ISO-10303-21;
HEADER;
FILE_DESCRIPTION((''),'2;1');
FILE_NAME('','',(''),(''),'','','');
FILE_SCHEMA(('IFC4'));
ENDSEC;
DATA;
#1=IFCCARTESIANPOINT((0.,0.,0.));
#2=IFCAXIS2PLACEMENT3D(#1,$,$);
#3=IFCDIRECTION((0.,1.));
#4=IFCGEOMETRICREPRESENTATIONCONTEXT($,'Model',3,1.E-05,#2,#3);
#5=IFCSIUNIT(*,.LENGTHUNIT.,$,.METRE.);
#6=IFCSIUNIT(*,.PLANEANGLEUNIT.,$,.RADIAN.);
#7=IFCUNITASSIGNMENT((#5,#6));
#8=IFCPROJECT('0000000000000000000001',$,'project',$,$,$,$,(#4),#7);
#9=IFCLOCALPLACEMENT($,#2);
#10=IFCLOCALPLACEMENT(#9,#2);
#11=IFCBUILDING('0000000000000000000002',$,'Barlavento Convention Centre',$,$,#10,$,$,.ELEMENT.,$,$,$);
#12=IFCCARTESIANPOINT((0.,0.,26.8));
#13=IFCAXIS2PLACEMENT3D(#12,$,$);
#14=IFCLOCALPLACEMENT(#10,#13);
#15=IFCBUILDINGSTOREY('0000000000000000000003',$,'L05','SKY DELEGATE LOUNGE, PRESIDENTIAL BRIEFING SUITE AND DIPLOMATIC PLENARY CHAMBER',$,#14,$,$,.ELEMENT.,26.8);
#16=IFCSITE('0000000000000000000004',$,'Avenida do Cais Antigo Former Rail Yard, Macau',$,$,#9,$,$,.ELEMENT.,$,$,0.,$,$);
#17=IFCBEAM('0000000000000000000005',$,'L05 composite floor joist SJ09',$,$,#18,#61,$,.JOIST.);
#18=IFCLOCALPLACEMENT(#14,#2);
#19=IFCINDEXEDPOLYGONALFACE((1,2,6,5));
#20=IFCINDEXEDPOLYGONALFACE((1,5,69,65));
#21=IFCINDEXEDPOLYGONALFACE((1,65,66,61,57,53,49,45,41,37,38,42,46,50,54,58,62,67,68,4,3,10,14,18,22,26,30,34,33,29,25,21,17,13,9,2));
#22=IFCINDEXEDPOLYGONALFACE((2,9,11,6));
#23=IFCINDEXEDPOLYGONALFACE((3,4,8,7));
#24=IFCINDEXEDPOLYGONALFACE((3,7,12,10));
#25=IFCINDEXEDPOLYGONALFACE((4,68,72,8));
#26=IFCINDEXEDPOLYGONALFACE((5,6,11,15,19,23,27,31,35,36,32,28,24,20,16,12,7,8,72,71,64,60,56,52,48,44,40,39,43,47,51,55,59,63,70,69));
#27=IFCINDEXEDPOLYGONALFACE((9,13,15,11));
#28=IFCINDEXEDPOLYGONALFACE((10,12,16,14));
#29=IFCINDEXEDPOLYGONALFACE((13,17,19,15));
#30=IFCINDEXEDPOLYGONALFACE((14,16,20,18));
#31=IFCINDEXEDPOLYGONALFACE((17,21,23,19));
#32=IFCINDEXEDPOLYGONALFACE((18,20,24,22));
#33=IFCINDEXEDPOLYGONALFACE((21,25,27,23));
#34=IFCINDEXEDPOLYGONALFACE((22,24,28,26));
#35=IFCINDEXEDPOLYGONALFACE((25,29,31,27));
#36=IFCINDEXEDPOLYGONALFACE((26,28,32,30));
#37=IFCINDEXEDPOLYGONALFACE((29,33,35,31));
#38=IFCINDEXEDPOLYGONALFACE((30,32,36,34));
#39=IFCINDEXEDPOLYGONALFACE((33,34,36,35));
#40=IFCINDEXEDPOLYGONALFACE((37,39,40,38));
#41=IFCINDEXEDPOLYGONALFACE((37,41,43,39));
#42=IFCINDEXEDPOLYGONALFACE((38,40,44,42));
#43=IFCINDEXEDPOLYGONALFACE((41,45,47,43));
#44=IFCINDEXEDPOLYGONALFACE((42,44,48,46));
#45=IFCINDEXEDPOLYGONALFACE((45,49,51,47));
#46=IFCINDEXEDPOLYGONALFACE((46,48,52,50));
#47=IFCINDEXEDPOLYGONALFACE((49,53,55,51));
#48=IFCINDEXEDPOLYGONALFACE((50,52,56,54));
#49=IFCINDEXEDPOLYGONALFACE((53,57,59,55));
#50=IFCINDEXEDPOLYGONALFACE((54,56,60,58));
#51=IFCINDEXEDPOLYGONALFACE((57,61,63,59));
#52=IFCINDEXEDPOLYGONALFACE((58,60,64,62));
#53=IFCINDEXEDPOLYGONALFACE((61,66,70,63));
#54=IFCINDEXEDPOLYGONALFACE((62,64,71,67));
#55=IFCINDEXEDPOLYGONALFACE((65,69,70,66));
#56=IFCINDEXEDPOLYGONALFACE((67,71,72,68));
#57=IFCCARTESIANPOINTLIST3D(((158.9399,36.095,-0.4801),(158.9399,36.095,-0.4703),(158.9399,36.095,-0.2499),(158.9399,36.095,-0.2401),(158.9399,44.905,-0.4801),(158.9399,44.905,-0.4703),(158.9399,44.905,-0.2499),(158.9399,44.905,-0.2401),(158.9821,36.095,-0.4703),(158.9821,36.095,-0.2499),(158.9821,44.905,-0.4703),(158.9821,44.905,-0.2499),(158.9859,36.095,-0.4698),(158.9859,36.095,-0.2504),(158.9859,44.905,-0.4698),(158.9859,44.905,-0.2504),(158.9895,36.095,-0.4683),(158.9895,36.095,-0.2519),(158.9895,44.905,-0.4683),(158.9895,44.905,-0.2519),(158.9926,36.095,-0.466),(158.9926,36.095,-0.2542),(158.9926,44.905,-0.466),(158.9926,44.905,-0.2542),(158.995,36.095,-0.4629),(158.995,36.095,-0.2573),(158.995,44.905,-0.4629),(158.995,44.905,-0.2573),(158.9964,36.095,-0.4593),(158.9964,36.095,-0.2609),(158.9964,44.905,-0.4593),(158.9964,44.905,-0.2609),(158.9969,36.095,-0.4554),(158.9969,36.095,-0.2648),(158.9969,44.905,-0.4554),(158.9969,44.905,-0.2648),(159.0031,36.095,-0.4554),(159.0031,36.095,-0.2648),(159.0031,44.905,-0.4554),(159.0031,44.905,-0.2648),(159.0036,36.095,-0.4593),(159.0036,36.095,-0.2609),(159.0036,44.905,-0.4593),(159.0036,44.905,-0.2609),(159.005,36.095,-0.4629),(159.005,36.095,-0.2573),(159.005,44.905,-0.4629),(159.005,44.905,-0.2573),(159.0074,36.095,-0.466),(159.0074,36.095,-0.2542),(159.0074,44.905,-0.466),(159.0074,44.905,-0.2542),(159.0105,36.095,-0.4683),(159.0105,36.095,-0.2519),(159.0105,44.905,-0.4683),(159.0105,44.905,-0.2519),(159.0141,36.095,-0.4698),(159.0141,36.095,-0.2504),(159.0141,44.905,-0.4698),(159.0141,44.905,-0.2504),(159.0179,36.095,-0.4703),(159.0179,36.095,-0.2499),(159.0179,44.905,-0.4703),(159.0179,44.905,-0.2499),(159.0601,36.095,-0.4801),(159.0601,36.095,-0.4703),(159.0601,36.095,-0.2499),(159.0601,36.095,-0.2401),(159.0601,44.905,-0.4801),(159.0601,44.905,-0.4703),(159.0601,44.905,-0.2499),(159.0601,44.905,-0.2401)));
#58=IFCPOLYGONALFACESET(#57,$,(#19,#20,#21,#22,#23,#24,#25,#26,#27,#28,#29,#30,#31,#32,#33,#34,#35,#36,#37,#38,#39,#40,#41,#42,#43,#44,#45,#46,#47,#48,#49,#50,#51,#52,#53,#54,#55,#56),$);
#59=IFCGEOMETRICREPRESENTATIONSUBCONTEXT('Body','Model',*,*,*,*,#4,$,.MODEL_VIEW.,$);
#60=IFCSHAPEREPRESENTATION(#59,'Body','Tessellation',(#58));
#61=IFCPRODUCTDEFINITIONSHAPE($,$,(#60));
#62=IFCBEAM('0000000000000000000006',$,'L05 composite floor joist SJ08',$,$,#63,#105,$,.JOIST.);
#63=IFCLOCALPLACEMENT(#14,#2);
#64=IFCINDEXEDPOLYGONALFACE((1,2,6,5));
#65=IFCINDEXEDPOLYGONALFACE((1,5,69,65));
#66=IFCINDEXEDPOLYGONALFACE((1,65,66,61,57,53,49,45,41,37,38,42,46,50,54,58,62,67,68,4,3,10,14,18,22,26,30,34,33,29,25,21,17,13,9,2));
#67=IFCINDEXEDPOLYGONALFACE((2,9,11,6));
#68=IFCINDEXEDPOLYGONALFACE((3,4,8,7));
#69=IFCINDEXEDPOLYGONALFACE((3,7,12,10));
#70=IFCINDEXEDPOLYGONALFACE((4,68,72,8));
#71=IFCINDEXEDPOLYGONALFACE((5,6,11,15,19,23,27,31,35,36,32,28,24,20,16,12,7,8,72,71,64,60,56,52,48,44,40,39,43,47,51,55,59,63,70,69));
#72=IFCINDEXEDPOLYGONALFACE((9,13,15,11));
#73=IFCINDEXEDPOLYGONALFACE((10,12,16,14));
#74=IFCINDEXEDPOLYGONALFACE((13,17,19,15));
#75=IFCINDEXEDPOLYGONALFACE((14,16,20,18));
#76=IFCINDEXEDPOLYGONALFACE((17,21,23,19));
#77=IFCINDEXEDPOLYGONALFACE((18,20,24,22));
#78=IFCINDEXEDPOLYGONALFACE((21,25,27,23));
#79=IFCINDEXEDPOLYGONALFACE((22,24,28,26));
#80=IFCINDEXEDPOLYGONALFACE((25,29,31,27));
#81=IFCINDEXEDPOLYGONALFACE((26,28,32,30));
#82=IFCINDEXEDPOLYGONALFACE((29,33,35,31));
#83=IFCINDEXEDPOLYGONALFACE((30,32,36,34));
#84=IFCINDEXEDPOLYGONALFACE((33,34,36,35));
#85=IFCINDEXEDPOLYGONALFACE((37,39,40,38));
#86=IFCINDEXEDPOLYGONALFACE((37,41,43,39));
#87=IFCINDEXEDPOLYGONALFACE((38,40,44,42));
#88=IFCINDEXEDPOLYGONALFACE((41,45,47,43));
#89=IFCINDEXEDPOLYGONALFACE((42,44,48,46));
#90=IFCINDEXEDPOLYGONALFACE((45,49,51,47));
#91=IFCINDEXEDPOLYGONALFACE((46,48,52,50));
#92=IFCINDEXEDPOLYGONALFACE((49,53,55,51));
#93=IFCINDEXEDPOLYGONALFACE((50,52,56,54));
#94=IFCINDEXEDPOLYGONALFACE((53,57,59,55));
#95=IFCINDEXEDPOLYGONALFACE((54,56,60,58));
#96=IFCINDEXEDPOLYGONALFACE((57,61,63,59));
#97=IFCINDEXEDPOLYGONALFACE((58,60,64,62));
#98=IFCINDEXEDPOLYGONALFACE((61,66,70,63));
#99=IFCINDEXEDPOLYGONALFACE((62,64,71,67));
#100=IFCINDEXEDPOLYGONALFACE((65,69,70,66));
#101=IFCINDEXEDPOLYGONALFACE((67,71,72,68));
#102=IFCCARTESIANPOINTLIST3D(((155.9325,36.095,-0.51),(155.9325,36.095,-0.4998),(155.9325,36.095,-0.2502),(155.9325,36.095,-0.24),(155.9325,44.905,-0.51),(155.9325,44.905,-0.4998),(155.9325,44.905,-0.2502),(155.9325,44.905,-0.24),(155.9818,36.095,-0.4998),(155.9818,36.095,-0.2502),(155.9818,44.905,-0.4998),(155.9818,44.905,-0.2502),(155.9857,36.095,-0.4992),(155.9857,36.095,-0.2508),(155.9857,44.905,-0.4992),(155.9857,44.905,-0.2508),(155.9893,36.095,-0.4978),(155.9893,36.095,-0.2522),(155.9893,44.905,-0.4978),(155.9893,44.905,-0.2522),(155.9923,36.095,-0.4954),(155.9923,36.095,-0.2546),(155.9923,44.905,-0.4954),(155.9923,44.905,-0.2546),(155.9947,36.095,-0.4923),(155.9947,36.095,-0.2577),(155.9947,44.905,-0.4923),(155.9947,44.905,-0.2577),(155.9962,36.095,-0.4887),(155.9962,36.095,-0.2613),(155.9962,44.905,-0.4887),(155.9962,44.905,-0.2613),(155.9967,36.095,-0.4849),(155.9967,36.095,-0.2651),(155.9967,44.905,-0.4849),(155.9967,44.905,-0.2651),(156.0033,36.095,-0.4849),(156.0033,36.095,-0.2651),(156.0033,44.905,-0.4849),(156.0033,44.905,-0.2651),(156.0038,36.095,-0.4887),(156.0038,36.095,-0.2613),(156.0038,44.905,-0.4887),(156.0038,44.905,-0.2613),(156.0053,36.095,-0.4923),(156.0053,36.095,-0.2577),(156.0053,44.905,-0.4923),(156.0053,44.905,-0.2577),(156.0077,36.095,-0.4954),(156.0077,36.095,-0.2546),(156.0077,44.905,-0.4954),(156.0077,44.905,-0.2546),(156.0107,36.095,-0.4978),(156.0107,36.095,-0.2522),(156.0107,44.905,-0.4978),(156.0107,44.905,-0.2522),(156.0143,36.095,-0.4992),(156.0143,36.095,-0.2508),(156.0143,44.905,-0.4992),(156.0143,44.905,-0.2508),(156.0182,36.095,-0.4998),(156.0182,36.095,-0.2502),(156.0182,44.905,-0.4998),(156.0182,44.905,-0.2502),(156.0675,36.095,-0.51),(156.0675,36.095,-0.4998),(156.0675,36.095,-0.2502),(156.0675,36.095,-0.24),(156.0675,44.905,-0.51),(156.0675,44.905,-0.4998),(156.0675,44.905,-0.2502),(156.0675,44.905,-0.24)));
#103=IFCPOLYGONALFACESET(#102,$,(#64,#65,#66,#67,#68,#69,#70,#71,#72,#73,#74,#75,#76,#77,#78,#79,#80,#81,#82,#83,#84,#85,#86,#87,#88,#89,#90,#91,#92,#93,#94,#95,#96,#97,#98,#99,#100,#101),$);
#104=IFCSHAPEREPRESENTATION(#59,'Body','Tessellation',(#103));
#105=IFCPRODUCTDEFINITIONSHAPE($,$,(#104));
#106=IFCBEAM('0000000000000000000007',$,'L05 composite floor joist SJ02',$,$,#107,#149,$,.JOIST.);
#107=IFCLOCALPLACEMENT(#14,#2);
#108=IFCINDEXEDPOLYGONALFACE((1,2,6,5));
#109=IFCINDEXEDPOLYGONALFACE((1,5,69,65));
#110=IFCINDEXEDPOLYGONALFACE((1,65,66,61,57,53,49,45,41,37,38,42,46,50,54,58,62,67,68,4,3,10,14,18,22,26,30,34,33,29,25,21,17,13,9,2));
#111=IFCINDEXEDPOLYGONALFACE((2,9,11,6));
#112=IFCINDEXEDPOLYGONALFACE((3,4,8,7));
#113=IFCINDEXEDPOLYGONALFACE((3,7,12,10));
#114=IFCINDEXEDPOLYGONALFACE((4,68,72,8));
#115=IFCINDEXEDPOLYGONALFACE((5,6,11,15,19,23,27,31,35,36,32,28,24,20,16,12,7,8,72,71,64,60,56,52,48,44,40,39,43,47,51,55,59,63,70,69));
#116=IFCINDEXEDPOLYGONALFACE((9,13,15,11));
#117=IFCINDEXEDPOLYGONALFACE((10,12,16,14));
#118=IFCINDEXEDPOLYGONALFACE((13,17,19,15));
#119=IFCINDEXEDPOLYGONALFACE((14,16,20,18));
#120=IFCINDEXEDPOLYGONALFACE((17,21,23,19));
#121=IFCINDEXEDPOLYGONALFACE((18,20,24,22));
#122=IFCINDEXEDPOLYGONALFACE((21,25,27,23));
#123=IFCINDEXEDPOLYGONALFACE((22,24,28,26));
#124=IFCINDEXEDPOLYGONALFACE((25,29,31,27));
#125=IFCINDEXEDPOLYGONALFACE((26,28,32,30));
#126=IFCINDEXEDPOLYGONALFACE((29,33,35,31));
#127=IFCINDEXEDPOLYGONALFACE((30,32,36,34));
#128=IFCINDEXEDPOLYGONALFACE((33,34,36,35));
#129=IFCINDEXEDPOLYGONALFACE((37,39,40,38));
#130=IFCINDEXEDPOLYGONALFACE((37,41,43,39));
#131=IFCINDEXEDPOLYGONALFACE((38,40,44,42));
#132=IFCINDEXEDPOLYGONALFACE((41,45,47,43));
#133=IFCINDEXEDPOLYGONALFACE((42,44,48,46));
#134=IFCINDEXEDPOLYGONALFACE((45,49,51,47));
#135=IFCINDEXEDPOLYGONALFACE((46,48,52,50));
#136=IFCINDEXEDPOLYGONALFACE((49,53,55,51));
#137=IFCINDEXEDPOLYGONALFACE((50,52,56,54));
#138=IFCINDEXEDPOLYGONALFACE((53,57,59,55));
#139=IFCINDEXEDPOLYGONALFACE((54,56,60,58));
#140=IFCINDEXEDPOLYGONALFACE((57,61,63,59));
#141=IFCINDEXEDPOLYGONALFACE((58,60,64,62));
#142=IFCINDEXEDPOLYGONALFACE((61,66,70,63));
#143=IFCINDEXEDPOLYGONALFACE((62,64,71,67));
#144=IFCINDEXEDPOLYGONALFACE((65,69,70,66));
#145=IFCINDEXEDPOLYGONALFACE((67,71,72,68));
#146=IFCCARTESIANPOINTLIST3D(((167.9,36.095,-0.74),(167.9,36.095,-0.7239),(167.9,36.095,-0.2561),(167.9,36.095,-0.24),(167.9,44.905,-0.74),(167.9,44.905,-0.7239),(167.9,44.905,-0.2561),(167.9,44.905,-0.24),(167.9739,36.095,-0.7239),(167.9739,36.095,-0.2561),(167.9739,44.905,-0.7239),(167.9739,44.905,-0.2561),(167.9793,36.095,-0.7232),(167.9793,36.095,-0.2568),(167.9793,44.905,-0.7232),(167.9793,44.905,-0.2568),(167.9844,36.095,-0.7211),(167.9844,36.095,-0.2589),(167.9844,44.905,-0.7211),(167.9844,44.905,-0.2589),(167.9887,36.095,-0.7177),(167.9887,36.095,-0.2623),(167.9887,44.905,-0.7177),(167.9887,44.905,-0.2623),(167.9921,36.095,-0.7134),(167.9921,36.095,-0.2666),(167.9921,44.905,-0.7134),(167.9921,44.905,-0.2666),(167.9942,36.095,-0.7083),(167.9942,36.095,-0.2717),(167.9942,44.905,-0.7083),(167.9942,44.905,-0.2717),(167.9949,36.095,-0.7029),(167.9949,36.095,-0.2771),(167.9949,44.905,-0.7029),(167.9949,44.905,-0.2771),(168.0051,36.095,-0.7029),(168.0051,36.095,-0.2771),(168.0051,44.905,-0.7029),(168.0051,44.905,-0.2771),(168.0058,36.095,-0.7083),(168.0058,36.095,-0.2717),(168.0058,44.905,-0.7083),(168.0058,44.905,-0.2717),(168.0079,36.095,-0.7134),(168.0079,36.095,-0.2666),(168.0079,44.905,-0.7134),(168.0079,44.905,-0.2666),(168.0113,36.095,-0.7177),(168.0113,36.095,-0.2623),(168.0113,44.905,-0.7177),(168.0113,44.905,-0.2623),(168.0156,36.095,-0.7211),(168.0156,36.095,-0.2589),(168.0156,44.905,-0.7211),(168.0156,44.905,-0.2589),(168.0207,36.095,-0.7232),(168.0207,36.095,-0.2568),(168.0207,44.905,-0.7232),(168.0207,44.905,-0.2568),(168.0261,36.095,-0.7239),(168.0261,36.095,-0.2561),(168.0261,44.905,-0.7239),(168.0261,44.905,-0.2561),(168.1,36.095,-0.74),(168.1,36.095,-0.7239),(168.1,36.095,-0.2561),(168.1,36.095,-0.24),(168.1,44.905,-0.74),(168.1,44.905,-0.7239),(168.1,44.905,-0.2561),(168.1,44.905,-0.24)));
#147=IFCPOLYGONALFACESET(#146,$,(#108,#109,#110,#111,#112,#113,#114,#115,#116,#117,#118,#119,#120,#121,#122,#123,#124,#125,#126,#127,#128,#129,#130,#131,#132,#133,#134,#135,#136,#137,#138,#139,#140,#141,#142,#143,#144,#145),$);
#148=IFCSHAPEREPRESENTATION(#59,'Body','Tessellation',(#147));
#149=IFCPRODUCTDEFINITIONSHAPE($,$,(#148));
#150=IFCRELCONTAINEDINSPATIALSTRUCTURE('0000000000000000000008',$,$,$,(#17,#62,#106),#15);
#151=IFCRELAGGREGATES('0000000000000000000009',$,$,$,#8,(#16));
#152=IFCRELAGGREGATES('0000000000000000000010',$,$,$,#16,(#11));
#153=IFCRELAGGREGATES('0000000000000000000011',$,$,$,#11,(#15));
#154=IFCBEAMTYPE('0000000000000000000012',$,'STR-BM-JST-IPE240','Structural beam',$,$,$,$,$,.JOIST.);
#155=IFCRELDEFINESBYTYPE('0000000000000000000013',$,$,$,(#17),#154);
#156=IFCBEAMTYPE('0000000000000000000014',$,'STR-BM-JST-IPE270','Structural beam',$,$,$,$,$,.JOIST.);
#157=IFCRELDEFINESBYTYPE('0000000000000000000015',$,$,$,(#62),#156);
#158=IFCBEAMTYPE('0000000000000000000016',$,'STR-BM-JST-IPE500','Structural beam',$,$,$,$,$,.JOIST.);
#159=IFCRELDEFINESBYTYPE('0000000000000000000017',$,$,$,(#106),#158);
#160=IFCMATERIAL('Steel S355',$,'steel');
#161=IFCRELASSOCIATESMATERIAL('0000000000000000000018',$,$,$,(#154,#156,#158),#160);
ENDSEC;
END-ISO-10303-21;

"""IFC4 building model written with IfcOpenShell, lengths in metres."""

from ifc_helpers import new_model, si_unit, direction, frame, origin, origin_2d, place, context, subcontext, project, spatial, i_section, extrude, material, material_profile, profile_set, type_object, element, save


model = new_model("IFC4")

# Units and contexts
model_context = context("Model", 3, precision=1e-05, world=origin(), true_north=direction((0.0, 1.0)))
body_context = subcontext(model_context, "Body", "Model", "MODEL_VIEW")
ifc_project = project(units=[si_unit("LENGTHUNIT", "METRE"), si_unit("PLANEANGLEUNIT", "RADIAN")], contexts=[model_context])

# Site, building, storey
site_placement = place(None, origin())
site = spatial("IfcSite", under=ifc_project, at=site_placement, Name="Avenida do Cais Antigo Former Rail Yard, Macau", CompositionType="ELEMENT", RefElevation=0.0)
building_placement = place(site_placement, origin())
building = spatial("IfcBuilding", under=site, at=building_placement, Name="Barlavento Convention Centre", CompositionType="ELEMENT")
storey_placement = place(building_placement, frame((0.0, 0.0, 26.8)))
storey = spatial("IfcBuildingStorey", under=building, at=storey_placement, Name="L05", Description="SKY DELEGATE LOUNGE, PRESIDENTIAL BRIEFING SUITE AND DIPLOMATIC PLENARY CHAMBER", CompositionType="ELEMENT", Elevation=26.8)

# Beams
ifc_material_1 = material(Name="Steel S355", Category="steel")
ifc_material_profile_1 = material_profile(ifc_material_1, i_section(OverallWidth=0.1201, OverallDepth=0.24, WebThickness=0.0061, FlangeThickness=0.0098, FilletRadius=0.0149, at=origin_2d()), Name="IPE 240")
ifc_profile_set_1 = profile_set([ifc_material_profile_1], Name="Steel S355")
beam_type_1 = type_object("IfcBeamType", Name="STR-BM-JST-IPE240", Description="Structural beam", PredefinedType="JOIST", material=ifc_profile_set_1)
beam_1_placement = place(storey_placement, frame((159.0, 36.095, -0.3601), z_axis=(0.0, 1.0, 0.0), x_axis=(-1.0, 0.0, 0.0)))
element("IfcBeam", 1, at=beam_1_placement, inside=storey, type_object=beam_type_1, Name="L05 composite floor joist SJ09", PredefinedType="JOIST", context=body_context, shape_type="SweptSolid", body=[
    extrude(i_section(OverallWidth=0.1201, OverallDepth=0.24, WebThickness=0.0061, FlangeThickness=0.0098, FilletRadius=0.0149, at=origin_2d()), origin(), (0.0, 0.0, 1.0), 8.8101),
])
ifc_material_profile_2 = material_profile(ifc_material_1, i_section(OverallWidth=0.135, OverallDepth=0.27, WebThickness=0.0066, FlangeThickness=0.0103, FilletRadius=0.0149, at=origin_2d()), Name="IPE 270")
ifc_profile_set_2 = profile_set([ifc_material_profile_2], Name="Steel S355")
beam_type_2 = type_object("IfcBeamType", Name="STR-BM-JST-IPE270", Description="Structural beam", PredefinedType="JOIST", material=ifc_profile_set_2)
beam_2_placement = place(storey_placement, frame((156.0, 36.095, -0.375), z_axis=(0.0, 1.0, 0.0), x_axis=(-1.0, 0.0, 0.0)))
element("IfcBeam", 2, at=beam_2_placement, inside=storey, type_object=beam_type_2, Name="L05 composite floor joist SJ08", PredefinedType="JOIST", context=body_context, shape_type="SweptSolid", body=[
    extrude(i_section(OverallWidth=0.135, OverallDepth=0.27, WebThickness=0.0066, FlangeThickness=0.0103, FilletRadius=0.0149, at=origin_2d()), origin(), (0.0, 0.0, 1.0), 8.8101),
])
ifc_material_profile_3 = material_profile(ifc_material_1, i_section(OverallWidth=0.2, OverallDepth=0.5, WebThickness=0.0103, FlangeThickness=0.0161, FilletRadius=0.021, at=origin_2d()), Name="IPE 500")
ifc_profile_set_3 = profile_set([ifc_material_profile_3], Name="Steel S355")
beam_type_3 = type_object("IfcBeamType", Name="STR-BM-JST-IPE500", Description="Structural beam", PredefinedType="JOIST", material=ifc_profile_set_3)
beam_3_placement = place(storey_placement, frame((168.0, 36.095, -0.49), z_axis=(0.0, 1.0, 0.0), x_axis=(-1.0, 0.0, 0.0)))
element("IfcBeam", 3, at=beam_3_placement, inside=storey, type_object=beam_type_3, Name="L05 composite floor joist SJ02", PredefinedType="JOIST", context=body_context, shape_type="SweptSolid", body=[
    extrude(i_section(OverallWidth=0.2, OverallDepth=0.5, WebThickness=0.0103, FlangeThickness=0.0161, FilletRadius=0.021, at=origin_2d()), origin(), (0.0, 0.0, 1.0), 8.8101),
])

save(model, "model.ifc")
